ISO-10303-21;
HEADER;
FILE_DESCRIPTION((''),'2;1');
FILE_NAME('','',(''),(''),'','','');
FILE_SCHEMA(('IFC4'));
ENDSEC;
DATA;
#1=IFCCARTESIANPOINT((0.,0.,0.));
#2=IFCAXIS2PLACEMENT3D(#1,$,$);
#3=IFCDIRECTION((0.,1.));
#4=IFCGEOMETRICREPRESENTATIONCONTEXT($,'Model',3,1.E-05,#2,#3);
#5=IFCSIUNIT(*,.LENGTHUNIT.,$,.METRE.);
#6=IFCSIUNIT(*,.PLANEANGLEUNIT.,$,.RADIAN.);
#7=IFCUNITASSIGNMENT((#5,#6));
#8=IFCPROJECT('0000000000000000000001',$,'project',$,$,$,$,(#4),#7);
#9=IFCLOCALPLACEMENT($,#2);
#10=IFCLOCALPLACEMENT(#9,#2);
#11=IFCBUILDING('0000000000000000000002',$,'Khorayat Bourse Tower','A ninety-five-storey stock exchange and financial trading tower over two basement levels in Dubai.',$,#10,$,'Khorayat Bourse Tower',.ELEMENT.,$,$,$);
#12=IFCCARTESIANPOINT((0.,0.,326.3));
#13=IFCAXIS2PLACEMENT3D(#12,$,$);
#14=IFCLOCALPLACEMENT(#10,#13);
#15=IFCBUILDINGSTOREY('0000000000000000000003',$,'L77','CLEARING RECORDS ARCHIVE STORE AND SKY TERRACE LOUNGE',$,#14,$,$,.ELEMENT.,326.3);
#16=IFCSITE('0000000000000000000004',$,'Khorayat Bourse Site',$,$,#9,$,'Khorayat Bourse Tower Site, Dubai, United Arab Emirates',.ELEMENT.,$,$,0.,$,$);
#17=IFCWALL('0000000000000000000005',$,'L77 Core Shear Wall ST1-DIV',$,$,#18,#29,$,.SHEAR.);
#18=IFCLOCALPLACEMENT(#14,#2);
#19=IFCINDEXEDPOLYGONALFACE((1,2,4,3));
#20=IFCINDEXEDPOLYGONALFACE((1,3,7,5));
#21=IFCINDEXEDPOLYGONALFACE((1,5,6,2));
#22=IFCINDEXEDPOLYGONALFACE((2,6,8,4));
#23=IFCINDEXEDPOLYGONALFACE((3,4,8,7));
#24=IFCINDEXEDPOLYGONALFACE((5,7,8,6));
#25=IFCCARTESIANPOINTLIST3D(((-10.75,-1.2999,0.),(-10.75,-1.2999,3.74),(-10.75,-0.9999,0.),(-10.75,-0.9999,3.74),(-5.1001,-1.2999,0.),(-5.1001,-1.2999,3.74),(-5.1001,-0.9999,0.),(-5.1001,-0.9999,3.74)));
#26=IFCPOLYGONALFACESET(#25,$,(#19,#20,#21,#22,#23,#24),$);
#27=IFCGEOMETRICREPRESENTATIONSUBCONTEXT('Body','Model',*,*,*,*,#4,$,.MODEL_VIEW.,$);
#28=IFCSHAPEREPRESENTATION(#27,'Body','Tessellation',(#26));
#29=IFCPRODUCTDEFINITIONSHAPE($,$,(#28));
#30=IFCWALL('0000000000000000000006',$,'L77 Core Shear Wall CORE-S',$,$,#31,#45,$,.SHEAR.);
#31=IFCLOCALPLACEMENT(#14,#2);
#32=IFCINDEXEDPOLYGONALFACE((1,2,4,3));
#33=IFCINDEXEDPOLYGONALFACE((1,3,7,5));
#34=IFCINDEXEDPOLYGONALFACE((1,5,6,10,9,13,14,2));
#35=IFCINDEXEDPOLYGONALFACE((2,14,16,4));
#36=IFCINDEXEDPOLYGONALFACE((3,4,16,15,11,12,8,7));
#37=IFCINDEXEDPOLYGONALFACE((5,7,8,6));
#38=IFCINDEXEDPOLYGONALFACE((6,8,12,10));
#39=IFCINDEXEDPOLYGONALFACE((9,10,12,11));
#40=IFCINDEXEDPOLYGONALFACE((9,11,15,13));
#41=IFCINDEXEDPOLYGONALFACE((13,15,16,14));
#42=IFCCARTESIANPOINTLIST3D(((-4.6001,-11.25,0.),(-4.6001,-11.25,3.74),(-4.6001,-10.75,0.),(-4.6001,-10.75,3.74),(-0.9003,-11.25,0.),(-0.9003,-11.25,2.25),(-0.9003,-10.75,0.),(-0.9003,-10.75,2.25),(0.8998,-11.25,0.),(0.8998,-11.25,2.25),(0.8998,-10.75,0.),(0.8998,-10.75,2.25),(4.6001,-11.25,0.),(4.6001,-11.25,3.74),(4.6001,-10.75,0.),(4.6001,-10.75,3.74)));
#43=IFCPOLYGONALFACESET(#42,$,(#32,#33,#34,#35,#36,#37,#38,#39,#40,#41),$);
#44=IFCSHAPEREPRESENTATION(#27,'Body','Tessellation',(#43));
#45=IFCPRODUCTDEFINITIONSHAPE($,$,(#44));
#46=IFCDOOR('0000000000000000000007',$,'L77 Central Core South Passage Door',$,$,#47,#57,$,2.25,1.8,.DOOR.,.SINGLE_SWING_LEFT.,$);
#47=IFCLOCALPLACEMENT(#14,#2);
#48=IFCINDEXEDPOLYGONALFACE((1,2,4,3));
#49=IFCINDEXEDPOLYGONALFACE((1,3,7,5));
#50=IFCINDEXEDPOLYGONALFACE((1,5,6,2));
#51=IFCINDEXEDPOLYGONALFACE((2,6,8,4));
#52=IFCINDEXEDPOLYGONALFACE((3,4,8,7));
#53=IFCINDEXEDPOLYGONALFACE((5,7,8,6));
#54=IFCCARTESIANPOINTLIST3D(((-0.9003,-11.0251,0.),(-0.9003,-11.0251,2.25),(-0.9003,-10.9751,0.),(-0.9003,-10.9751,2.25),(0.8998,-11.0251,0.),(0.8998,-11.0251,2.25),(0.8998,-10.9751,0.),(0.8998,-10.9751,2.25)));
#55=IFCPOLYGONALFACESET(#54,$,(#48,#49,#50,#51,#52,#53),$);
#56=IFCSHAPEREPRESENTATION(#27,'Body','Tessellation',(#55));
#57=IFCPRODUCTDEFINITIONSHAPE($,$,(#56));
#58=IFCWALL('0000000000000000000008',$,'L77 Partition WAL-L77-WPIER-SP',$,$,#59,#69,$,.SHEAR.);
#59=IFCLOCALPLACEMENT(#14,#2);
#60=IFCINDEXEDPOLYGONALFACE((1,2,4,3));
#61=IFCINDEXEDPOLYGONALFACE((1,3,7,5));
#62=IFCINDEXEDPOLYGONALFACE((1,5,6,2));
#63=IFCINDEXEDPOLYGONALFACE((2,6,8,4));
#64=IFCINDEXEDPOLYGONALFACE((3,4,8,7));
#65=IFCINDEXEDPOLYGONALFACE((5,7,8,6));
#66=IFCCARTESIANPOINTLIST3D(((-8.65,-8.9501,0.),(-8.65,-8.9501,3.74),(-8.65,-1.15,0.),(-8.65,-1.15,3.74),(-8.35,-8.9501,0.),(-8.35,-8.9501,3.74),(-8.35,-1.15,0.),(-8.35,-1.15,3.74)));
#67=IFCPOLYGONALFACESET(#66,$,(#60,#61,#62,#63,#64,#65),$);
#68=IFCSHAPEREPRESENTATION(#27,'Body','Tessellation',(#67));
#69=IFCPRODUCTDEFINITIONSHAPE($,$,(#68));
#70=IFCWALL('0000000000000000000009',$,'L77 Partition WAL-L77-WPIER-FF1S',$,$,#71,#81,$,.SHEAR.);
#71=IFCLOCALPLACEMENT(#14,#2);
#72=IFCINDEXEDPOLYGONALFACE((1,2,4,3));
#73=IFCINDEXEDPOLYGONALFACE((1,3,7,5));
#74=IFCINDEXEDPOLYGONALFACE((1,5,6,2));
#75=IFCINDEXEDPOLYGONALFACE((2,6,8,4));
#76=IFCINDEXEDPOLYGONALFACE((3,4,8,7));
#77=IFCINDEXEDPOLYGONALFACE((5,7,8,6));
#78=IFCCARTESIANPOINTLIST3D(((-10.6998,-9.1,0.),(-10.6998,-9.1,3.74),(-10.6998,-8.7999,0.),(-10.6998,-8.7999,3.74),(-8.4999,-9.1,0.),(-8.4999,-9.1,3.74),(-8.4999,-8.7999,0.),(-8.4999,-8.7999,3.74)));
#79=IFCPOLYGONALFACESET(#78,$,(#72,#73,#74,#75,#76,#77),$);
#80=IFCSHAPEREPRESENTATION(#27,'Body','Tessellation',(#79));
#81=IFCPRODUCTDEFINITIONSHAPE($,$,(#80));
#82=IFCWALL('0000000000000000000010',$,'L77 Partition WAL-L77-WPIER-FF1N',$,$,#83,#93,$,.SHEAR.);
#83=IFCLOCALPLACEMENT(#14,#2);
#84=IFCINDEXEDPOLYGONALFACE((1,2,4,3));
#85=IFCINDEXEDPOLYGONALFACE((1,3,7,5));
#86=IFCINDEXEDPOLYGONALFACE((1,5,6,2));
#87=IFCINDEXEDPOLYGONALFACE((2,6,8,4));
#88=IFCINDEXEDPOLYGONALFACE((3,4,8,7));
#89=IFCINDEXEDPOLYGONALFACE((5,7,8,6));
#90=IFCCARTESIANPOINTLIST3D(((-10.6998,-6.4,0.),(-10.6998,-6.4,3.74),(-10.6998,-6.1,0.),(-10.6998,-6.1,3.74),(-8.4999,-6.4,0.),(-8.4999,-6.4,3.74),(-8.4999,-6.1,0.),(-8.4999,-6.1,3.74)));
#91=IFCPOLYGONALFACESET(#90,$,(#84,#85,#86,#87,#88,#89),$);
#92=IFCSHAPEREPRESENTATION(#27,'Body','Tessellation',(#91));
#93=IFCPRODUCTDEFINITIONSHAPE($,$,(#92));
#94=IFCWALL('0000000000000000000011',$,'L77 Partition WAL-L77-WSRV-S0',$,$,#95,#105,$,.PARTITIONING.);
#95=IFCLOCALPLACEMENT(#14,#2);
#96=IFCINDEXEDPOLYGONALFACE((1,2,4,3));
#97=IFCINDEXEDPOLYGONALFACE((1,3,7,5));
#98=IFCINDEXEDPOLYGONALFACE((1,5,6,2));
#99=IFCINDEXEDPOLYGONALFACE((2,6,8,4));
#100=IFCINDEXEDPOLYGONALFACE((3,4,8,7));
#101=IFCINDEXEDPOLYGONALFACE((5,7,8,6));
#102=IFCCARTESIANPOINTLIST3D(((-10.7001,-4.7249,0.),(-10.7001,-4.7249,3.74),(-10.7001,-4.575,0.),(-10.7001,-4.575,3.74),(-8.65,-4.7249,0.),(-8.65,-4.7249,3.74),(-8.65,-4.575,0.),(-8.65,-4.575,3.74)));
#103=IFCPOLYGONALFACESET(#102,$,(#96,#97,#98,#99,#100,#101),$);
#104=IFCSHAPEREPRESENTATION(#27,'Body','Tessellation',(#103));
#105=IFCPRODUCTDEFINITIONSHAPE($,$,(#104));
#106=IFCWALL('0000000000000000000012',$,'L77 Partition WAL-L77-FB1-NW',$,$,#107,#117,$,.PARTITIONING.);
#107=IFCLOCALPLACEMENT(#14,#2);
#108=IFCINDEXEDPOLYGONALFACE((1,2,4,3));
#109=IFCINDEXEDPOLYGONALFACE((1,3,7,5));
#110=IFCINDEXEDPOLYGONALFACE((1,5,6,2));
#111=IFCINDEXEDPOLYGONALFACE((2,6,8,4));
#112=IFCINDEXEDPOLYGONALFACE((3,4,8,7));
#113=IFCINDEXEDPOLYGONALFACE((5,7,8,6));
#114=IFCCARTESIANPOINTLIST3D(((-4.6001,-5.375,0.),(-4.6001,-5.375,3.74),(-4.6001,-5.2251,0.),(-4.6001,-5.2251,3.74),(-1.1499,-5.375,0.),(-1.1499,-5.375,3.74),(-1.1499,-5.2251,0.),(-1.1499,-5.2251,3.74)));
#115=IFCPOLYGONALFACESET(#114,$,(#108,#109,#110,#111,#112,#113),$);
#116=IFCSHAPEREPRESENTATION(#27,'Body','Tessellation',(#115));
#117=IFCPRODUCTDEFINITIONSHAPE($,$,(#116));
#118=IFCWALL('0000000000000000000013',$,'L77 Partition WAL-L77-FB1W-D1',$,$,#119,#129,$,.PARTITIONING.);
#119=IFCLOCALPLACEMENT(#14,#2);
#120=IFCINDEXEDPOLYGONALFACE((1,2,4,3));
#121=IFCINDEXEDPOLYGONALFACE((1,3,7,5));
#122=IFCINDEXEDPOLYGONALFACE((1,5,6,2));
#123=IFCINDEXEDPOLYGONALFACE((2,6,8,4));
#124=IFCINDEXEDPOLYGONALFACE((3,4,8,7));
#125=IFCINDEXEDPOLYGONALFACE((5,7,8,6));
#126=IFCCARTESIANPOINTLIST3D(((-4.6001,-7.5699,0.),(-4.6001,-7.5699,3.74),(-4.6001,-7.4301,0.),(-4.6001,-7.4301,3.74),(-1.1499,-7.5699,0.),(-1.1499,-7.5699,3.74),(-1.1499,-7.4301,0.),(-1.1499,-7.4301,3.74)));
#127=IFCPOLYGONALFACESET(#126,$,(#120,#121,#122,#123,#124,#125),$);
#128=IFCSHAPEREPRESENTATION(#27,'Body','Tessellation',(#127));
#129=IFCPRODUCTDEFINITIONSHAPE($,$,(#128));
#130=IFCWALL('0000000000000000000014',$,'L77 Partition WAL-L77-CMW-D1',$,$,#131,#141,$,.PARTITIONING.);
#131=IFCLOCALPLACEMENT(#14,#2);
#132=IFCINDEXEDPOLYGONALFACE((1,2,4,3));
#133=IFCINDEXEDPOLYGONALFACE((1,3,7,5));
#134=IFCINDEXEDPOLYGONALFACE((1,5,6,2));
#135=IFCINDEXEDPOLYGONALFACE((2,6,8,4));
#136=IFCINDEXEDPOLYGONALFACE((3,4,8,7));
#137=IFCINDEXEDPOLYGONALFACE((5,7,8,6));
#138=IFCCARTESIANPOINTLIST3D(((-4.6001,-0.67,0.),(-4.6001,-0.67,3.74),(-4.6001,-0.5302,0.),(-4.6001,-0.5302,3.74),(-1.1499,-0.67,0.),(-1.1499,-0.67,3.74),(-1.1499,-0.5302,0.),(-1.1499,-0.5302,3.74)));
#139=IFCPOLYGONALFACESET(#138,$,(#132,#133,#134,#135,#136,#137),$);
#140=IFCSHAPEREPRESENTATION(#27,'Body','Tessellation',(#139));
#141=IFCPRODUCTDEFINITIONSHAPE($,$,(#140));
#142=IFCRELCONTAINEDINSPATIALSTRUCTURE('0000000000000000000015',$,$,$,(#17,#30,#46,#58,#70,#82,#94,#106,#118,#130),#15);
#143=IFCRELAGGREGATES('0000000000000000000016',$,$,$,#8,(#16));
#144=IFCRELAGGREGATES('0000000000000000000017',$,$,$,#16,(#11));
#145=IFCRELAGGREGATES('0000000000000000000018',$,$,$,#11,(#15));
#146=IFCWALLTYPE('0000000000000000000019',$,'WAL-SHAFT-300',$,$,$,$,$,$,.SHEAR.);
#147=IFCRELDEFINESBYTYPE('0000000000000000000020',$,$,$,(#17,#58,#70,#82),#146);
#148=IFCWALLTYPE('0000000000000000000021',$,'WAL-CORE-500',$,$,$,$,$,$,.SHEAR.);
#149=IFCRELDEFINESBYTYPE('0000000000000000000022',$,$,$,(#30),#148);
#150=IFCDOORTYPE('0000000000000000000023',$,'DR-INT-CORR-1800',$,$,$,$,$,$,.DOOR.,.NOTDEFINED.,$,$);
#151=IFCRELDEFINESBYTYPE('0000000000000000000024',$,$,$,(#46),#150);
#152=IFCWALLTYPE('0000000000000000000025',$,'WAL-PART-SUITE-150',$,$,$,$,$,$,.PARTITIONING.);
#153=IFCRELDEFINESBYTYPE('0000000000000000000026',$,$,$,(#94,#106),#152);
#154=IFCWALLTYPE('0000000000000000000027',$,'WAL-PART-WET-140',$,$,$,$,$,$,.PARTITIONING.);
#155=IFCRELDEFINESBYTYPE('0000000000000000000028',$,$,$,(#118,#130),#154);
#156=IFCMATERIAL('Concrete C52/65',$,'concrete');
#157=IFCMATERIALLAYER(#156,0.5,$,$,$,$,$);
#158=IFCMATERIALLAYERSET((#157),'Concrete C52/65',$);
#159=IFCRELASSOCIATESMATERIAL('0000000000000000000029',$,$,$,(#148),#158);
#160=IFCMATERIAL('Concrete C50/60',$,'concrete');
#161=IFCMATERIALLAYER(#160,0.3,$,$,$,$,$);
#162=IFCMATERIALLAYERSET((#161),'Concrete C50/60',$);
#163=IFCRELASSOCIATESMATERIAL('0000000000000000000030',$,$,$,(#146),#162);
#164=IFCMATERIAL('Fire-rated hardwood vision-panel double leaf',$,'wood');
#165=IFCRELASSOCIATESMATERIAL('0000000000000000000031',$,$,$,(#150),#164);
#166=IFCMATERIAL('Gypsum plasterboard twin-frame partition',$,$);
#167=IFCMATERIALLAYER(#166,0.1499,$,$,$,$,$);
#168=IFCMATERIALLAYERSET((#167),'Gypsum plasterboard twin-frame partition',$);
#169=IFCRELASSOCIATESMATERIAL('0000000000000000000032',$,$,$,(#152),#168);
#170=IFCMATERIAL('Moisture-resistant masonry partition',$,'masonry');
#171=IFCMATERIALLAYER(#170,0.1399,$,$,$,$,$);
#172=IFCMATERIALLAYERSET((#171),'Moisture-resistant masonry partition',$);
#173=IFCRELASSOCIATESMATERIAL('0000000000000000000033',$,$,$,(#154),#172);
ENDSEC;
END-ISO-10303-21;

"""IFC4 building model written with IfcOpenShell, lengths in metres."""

from ifc_helpers import new_model, si_unit, direction, frame, frame_2d, origin, place, context, subcontext, project, spatial, rectangle, extrude, source, transform, mapped, material, layer, layer_set, type_object, element, fill, save


model = new_model("IFC4")

# Units and contexts
model_context = context("Model", 3, precision=1e-05, world=origin(), true_north=direction((0.0, 1.0)))
body_context = subcontext(model_context, "Body", "Model", "MODEL_VIEW")
ifc_project = project(units=[si_unit("LENGTHUNIT", "METRE"), si_unit("PLANEANGLEUNIT", "RADIAN")], contexts=[model_context])

# Site, building, storey
site_placement = place(None, origin())
site = spatial("IfcSite", under=ifc_project, at=site_placement, Name="Khorayat Bourse Site", LongName="Khorayat Bourse Tower Site, Dubai, United Arab Emirates", CompositionType="ELEMENT", RefElevation=0.0)
building_placement = place(site_placement, origin())
building = spatial("IfcBuilding", under=site, at=building_placement, Name="Khorayat Bourse Tower", Description="A ninety-five-storey stock exchange and financial trading tower over two basement levels in Dubai.", LongName="Khorayat Bourse Tower", CompositionType="ELEMENT")
storey_placement = place(building_placement, frame((0.0, 0.0, 326.3)))
storey = spatial("IfcBuildingStorey", under=building, at=storey_placement, Name="L77", Description="CLEARING RECORDS ARCHIVE STORE AND SKY TERRACE LOUNGE", CompositionType="ELEMENT", Elevation=326.3)

# Shared definitions
ifc_material_1 = material(Name="Concrete C52/65", Category="concrete")

# Wall
ifc_layer_1 = layer(ifc_material_1, 0.5)
ifc_layer_set_1 = layer_set([ifc_layer_1], Name="Concrete C52/65")
wall_type_1 = type_object("IfcWallType", Name="WAL-CORE-500", PredefinedType="SHEAR", material=ifc_layer_set_1)
ifc_material_2 = material(Name="Concrete C50/60", Category="concrete")
ifc_layer_2 = layer(ifc_material_2, 0.3)
ifc_layer_set_2 = layer_set([ifc_layer_2], Name="Concrete C50/60")
wall_type_2 = type_object("IfcWallType", Name="WAL-SHAFT-300", PredefinedType="SHEAR", material=ifc_layer_set_2)
shared_shape_1 = source(origin(), body_context, "Body", "SweptSolid", [
    extrude(rectangle(XDim=5.6499, YDim=0.3, at=frame_2d((2.825, 0.0))), origin(), (0.0, 0.0, 1.0), 3.74),
])
wall_1_placement = place(storey_placement, frame((-10.75, -1.1499, 0.0), z_axis=(0.0, 0.0, 1.0), x_axis=(1.0, 0.0, 0.0)))
element("IfcWall", 1, at=wall_1_placement, inside=storey, type_object=wall_type_2, Name="L77 Core Shear Wall ST1-DIV", PredefinedType="SHEAR", context=body_context, shape_type="MappedRepresentation", body=[
    mapped(shared_shape_1, transform((0.0, 0.0, 0.0), scale=1.0)),
])

# Wall, opening, door
shared_shape_2 = source(origin(), body_context, "Body", "SweptSolid", [
    extrude(rectangle(XDim=9.2002, YDim=0.5, at=frame_2d((4.6001, 0.0))), origin(), (0.0, 0.0, 1.0), 3.74),
])
wall_2_placement = place(storey_placement, frame((-4.6001, -11.0, 0.0), z_axis=(0.0, 0.0, 1.0), x_axis=(1.0, 0.0, 0.0)))
wall_2 = element("IfcWall", 2, at=wall_2_placement, inside=storey, type_object=wall_type_1, Name="L77 Core Shear Wall CORE-S", PredefinedType="SHEAR", context=body_context, shape_type="MappedRepresentation", body=[
    mapped(shared_shape_2, transform((0.0, 0.0, 0.0), scale=1.0)),
])
shared_shape_3 = source(origin(), body_context, "Body", "SweptSolid", [
    extrude(rectangle(XDim=1.8, YDim=2.25, at=frame_2d((0.8999, 1.125))), frame((0.0, 0.26, 0.0), z_axis=(0.0, -1.0, 0.0), x_axis=(1.0, 0.0, 0.0)), (0.0, 0.0, 1.0), 0.52),
])
opening_placement = place(wall_2_placement, frame((3.7, 0.0, 0.0)))
opening = element("IfcOpeningElement", 3, at=opening_placement, cuts=wall_2, PredefinedType="OPENING", context=body_context, shape_type="MappedRepresentation", body=[
    mapped(shared_shape_3, transform((0.0, 0.0, 0.0), scale=1.0)),
])
ifc_material_3 = material(Name="Fire-rated hardwood vision-panel double leaf", Category="wood")
door_type = type_object("IfcDoorType", Name="DR-INT-CORR-1800", OperationType="NOTDEFINED", PredefinedType="DOOR", material=ifc_material_3)
shared_shape_4 = source(origin(), body_context, "Body", "SweptSolid", [
    extrude(rectangle(XDim=1.8, YDim=2.25, at=frame_2d((0.8999, 1.125))), frame((0.0, 0.0249, 0.0), z_axis=(0.0, -1.0, 0.0), x_axis=(1.0, 0.0, 0.0)), (0.0, 0.0, 1.0), 0.05),
])
door_placement = place(opening_placement, origin())
door = element("IfcDoor", 4, at=door_placement, inside=storey, type_object=door_type, Name="L77 Central Core South Passage Door", OperationType="SINGLE_SWING_LEFT", OverallHeight=2.25, OverallWidth=1.8, PredefinedType="DOOR", context=body_context, shape_type="MappedRepresentation", body=[
    mapped(shared_shape_4, transform((0.0, 0.0, 0.0), scale=1.0)),
])
fill(opening, door)

# Walls
shared_shape_5 = source(origin(), body_context, "Body", "SweptSolid", [
    extrude(rectangle(XDim=7.8, YDim=0.3, at=frame_2d((3.8999, 0.0))), origin(), (0.0, 0.0, 1.0), 3.74),
])
wall_3_placement = place(storey_placement, frame((-8.5, -8.95, 0.0), z_axis=(0.0, 0.0, 1.0), x_axis=(0.0, 1.0, 0.0)))
element("IfcWall", 5, at=wall_3_placement, inside=storey, type_object=wall_type_2, Name="L77 Partition WAL-L77-WPIER-SP", PredefinedType="SHEAR", context=body_context, shape_type="MappedRepresentation", body=[
    mapped(shared_shape_5, transform((0.0, 0.0, 0.0), scale=1.0)),
])
shared_shape_6 = source(origin(), body_context, "Body", "SweptSolid", [
    extrude(rectangle(XDim=2.2, YDim=0.3, at=frame_2d((1.1001, 0.0))), origin(), (0.0, 0.0, 1.0), 3.74),
])
for number, where, z_axis, x_axis, name in (
    (6, (-10.7, -8.95, 0.0), (0.0, 0.0, 1.0), (1.0, 0.0, 0.0), "L77 Partition WAL-L77-WPIER-FF1S"),
    (7, (-10.7, -6.25, 0.0), (0.0, 0.0, 1.0), (1.0, 0.0, 0.0), "L77 Partition WAL-L77-WPIER-FF1N"),
):
    element("IfcWall", number, at=place(storey_placement, frame(where, z_axis=z_axis, x_axis=x_axis)), inside=storey, type_object=wall_type_2, Name=name, PredefinedType="SHEAR", context=body_context, shape_type="MappedRepresentation", body=[
        mapped(shared_shape_6, transform((0.0, 0.0, 0.0), scale=1.0)),
    ])
ifc_material_4 = material(Name="Gypsum plasterboard twin-frame partition")
ifc_layer_3 = layer(ifc_material_4, 0.1499)
ifc_layer_set_3 = layer_set([ifc_layer_3], Name="Gypsum plasterboard twin-frame partition")
wall_type_3 = type_object("IfcWallType", Name="WAL-PART-SUITE-150", PredefinedType="PARTITIONING", material=ifc_layer_set_3)
shared_shape_7 = source(origin(), body_context, "Body", "SweptSolid", [
    extrude(rectangle(XDim=2.05, YDim=0.1499, at=frame_2d((1.0249, 0.0))), origin(), (0.0, 0.0, 1.0), 3.74),
])
wall_4_placement = place(storey_placement, frame((-10.7, -4.6499, 0.0), z_axis=(0.0, 0.0, 1.0), x_axis=(1.0, 0.0, 0.0)))
element("IfcWall", 8, at=wall_4_placement, inside=storey, type_object=wall_type_3, Name="L77 Partition WAL-L77-WSRV-S0", PredefinedType="PARTITIONING", context=body_context, shape_type="MappedRepresentation", body=[
    mapped(shared_shape_7, transform((0.0, 0.0, 0.0), scale=1.0)),
])
shared_shape_8 = source(origin(), body_context, "Body", "SweptSolid", [
    extrude(rectangle(XDim=3.4502, YDim=0.1499, at=frame_2d((1.7251, 0.0))), origin(), (0.0, 0.0, 1.0), 3.74),
])
wall_5_placement = place(storey_placement, frame((-4.6001, -5.3, 0.0), z_axis=(0.0, 0.0, 1.0), x_axis=(1.0, 0.0, 0.0)))
element("IfcWall", 9, at=wall_5_placement, inside=storey, type_object=wall_type_3, Name="L77 Partition WAL-L77-FB1-NW", PredefinedType="PARTITIONING", context=body_context, shape_type="MappedRepresentation", body=[
    mapped(shared_shape_8, transform((0.0, 0.0, 0.0), scale=1.0)),
])
ifc_material_5 = material(Name="Moisture-resistant masonry partition", Category="masonry")
ifc_layer_4 = layer(ifc_material_5, 0.1399)
ifc_layer_set_4 = layer_set([ifc_layer_4], Name="Moisture-resistant masonry partition")
wall_type_4 = type_object("IfcWallType", Name="WAL-PART-WET-140", PredefinedType="PARTITIONING", material=ifc_layer_set_4)
shared_shape_9 = source(origin(), body_context, "Body", "SweptSolid", [
    extrude(rectangle(XDim=3.4502, YDim=0.1399, at=frame_2d((1.7251, 0.0))), origin(), (0.0, 0.0, 1.0), 3.74),
])
for number, where, z_axis, x_axis, name in (
    (10, (-4.6001, -7.5, 0.0), (0.0, 0.0, 1.0), (1.0, 0.0, 0.0), "L77 Partition WAL-L77-FB1W-D1"),
    (11, (-4.6001, -0.6001, 0.0), (0.0, 0.0, 1.0), (1.0, 0.0, 0.0), "L77 Partition WAL-L77-CMW-D1"),
):
    element("IfcWall", number, at=place(storey_placement, frame(where, z_axis=z_axis, x_axis=x_axis)), inside=storey, type_object=wall_type_4, Name=name, PredefinedType="PARTITIONING", context=body_context, shape_type="MappedRepresentation", body=[
        mapped(shared_shape_9, transform((0.0, 0.0, 0.0), scale=1.0)),
    ])

save(model, "model.ifc")
